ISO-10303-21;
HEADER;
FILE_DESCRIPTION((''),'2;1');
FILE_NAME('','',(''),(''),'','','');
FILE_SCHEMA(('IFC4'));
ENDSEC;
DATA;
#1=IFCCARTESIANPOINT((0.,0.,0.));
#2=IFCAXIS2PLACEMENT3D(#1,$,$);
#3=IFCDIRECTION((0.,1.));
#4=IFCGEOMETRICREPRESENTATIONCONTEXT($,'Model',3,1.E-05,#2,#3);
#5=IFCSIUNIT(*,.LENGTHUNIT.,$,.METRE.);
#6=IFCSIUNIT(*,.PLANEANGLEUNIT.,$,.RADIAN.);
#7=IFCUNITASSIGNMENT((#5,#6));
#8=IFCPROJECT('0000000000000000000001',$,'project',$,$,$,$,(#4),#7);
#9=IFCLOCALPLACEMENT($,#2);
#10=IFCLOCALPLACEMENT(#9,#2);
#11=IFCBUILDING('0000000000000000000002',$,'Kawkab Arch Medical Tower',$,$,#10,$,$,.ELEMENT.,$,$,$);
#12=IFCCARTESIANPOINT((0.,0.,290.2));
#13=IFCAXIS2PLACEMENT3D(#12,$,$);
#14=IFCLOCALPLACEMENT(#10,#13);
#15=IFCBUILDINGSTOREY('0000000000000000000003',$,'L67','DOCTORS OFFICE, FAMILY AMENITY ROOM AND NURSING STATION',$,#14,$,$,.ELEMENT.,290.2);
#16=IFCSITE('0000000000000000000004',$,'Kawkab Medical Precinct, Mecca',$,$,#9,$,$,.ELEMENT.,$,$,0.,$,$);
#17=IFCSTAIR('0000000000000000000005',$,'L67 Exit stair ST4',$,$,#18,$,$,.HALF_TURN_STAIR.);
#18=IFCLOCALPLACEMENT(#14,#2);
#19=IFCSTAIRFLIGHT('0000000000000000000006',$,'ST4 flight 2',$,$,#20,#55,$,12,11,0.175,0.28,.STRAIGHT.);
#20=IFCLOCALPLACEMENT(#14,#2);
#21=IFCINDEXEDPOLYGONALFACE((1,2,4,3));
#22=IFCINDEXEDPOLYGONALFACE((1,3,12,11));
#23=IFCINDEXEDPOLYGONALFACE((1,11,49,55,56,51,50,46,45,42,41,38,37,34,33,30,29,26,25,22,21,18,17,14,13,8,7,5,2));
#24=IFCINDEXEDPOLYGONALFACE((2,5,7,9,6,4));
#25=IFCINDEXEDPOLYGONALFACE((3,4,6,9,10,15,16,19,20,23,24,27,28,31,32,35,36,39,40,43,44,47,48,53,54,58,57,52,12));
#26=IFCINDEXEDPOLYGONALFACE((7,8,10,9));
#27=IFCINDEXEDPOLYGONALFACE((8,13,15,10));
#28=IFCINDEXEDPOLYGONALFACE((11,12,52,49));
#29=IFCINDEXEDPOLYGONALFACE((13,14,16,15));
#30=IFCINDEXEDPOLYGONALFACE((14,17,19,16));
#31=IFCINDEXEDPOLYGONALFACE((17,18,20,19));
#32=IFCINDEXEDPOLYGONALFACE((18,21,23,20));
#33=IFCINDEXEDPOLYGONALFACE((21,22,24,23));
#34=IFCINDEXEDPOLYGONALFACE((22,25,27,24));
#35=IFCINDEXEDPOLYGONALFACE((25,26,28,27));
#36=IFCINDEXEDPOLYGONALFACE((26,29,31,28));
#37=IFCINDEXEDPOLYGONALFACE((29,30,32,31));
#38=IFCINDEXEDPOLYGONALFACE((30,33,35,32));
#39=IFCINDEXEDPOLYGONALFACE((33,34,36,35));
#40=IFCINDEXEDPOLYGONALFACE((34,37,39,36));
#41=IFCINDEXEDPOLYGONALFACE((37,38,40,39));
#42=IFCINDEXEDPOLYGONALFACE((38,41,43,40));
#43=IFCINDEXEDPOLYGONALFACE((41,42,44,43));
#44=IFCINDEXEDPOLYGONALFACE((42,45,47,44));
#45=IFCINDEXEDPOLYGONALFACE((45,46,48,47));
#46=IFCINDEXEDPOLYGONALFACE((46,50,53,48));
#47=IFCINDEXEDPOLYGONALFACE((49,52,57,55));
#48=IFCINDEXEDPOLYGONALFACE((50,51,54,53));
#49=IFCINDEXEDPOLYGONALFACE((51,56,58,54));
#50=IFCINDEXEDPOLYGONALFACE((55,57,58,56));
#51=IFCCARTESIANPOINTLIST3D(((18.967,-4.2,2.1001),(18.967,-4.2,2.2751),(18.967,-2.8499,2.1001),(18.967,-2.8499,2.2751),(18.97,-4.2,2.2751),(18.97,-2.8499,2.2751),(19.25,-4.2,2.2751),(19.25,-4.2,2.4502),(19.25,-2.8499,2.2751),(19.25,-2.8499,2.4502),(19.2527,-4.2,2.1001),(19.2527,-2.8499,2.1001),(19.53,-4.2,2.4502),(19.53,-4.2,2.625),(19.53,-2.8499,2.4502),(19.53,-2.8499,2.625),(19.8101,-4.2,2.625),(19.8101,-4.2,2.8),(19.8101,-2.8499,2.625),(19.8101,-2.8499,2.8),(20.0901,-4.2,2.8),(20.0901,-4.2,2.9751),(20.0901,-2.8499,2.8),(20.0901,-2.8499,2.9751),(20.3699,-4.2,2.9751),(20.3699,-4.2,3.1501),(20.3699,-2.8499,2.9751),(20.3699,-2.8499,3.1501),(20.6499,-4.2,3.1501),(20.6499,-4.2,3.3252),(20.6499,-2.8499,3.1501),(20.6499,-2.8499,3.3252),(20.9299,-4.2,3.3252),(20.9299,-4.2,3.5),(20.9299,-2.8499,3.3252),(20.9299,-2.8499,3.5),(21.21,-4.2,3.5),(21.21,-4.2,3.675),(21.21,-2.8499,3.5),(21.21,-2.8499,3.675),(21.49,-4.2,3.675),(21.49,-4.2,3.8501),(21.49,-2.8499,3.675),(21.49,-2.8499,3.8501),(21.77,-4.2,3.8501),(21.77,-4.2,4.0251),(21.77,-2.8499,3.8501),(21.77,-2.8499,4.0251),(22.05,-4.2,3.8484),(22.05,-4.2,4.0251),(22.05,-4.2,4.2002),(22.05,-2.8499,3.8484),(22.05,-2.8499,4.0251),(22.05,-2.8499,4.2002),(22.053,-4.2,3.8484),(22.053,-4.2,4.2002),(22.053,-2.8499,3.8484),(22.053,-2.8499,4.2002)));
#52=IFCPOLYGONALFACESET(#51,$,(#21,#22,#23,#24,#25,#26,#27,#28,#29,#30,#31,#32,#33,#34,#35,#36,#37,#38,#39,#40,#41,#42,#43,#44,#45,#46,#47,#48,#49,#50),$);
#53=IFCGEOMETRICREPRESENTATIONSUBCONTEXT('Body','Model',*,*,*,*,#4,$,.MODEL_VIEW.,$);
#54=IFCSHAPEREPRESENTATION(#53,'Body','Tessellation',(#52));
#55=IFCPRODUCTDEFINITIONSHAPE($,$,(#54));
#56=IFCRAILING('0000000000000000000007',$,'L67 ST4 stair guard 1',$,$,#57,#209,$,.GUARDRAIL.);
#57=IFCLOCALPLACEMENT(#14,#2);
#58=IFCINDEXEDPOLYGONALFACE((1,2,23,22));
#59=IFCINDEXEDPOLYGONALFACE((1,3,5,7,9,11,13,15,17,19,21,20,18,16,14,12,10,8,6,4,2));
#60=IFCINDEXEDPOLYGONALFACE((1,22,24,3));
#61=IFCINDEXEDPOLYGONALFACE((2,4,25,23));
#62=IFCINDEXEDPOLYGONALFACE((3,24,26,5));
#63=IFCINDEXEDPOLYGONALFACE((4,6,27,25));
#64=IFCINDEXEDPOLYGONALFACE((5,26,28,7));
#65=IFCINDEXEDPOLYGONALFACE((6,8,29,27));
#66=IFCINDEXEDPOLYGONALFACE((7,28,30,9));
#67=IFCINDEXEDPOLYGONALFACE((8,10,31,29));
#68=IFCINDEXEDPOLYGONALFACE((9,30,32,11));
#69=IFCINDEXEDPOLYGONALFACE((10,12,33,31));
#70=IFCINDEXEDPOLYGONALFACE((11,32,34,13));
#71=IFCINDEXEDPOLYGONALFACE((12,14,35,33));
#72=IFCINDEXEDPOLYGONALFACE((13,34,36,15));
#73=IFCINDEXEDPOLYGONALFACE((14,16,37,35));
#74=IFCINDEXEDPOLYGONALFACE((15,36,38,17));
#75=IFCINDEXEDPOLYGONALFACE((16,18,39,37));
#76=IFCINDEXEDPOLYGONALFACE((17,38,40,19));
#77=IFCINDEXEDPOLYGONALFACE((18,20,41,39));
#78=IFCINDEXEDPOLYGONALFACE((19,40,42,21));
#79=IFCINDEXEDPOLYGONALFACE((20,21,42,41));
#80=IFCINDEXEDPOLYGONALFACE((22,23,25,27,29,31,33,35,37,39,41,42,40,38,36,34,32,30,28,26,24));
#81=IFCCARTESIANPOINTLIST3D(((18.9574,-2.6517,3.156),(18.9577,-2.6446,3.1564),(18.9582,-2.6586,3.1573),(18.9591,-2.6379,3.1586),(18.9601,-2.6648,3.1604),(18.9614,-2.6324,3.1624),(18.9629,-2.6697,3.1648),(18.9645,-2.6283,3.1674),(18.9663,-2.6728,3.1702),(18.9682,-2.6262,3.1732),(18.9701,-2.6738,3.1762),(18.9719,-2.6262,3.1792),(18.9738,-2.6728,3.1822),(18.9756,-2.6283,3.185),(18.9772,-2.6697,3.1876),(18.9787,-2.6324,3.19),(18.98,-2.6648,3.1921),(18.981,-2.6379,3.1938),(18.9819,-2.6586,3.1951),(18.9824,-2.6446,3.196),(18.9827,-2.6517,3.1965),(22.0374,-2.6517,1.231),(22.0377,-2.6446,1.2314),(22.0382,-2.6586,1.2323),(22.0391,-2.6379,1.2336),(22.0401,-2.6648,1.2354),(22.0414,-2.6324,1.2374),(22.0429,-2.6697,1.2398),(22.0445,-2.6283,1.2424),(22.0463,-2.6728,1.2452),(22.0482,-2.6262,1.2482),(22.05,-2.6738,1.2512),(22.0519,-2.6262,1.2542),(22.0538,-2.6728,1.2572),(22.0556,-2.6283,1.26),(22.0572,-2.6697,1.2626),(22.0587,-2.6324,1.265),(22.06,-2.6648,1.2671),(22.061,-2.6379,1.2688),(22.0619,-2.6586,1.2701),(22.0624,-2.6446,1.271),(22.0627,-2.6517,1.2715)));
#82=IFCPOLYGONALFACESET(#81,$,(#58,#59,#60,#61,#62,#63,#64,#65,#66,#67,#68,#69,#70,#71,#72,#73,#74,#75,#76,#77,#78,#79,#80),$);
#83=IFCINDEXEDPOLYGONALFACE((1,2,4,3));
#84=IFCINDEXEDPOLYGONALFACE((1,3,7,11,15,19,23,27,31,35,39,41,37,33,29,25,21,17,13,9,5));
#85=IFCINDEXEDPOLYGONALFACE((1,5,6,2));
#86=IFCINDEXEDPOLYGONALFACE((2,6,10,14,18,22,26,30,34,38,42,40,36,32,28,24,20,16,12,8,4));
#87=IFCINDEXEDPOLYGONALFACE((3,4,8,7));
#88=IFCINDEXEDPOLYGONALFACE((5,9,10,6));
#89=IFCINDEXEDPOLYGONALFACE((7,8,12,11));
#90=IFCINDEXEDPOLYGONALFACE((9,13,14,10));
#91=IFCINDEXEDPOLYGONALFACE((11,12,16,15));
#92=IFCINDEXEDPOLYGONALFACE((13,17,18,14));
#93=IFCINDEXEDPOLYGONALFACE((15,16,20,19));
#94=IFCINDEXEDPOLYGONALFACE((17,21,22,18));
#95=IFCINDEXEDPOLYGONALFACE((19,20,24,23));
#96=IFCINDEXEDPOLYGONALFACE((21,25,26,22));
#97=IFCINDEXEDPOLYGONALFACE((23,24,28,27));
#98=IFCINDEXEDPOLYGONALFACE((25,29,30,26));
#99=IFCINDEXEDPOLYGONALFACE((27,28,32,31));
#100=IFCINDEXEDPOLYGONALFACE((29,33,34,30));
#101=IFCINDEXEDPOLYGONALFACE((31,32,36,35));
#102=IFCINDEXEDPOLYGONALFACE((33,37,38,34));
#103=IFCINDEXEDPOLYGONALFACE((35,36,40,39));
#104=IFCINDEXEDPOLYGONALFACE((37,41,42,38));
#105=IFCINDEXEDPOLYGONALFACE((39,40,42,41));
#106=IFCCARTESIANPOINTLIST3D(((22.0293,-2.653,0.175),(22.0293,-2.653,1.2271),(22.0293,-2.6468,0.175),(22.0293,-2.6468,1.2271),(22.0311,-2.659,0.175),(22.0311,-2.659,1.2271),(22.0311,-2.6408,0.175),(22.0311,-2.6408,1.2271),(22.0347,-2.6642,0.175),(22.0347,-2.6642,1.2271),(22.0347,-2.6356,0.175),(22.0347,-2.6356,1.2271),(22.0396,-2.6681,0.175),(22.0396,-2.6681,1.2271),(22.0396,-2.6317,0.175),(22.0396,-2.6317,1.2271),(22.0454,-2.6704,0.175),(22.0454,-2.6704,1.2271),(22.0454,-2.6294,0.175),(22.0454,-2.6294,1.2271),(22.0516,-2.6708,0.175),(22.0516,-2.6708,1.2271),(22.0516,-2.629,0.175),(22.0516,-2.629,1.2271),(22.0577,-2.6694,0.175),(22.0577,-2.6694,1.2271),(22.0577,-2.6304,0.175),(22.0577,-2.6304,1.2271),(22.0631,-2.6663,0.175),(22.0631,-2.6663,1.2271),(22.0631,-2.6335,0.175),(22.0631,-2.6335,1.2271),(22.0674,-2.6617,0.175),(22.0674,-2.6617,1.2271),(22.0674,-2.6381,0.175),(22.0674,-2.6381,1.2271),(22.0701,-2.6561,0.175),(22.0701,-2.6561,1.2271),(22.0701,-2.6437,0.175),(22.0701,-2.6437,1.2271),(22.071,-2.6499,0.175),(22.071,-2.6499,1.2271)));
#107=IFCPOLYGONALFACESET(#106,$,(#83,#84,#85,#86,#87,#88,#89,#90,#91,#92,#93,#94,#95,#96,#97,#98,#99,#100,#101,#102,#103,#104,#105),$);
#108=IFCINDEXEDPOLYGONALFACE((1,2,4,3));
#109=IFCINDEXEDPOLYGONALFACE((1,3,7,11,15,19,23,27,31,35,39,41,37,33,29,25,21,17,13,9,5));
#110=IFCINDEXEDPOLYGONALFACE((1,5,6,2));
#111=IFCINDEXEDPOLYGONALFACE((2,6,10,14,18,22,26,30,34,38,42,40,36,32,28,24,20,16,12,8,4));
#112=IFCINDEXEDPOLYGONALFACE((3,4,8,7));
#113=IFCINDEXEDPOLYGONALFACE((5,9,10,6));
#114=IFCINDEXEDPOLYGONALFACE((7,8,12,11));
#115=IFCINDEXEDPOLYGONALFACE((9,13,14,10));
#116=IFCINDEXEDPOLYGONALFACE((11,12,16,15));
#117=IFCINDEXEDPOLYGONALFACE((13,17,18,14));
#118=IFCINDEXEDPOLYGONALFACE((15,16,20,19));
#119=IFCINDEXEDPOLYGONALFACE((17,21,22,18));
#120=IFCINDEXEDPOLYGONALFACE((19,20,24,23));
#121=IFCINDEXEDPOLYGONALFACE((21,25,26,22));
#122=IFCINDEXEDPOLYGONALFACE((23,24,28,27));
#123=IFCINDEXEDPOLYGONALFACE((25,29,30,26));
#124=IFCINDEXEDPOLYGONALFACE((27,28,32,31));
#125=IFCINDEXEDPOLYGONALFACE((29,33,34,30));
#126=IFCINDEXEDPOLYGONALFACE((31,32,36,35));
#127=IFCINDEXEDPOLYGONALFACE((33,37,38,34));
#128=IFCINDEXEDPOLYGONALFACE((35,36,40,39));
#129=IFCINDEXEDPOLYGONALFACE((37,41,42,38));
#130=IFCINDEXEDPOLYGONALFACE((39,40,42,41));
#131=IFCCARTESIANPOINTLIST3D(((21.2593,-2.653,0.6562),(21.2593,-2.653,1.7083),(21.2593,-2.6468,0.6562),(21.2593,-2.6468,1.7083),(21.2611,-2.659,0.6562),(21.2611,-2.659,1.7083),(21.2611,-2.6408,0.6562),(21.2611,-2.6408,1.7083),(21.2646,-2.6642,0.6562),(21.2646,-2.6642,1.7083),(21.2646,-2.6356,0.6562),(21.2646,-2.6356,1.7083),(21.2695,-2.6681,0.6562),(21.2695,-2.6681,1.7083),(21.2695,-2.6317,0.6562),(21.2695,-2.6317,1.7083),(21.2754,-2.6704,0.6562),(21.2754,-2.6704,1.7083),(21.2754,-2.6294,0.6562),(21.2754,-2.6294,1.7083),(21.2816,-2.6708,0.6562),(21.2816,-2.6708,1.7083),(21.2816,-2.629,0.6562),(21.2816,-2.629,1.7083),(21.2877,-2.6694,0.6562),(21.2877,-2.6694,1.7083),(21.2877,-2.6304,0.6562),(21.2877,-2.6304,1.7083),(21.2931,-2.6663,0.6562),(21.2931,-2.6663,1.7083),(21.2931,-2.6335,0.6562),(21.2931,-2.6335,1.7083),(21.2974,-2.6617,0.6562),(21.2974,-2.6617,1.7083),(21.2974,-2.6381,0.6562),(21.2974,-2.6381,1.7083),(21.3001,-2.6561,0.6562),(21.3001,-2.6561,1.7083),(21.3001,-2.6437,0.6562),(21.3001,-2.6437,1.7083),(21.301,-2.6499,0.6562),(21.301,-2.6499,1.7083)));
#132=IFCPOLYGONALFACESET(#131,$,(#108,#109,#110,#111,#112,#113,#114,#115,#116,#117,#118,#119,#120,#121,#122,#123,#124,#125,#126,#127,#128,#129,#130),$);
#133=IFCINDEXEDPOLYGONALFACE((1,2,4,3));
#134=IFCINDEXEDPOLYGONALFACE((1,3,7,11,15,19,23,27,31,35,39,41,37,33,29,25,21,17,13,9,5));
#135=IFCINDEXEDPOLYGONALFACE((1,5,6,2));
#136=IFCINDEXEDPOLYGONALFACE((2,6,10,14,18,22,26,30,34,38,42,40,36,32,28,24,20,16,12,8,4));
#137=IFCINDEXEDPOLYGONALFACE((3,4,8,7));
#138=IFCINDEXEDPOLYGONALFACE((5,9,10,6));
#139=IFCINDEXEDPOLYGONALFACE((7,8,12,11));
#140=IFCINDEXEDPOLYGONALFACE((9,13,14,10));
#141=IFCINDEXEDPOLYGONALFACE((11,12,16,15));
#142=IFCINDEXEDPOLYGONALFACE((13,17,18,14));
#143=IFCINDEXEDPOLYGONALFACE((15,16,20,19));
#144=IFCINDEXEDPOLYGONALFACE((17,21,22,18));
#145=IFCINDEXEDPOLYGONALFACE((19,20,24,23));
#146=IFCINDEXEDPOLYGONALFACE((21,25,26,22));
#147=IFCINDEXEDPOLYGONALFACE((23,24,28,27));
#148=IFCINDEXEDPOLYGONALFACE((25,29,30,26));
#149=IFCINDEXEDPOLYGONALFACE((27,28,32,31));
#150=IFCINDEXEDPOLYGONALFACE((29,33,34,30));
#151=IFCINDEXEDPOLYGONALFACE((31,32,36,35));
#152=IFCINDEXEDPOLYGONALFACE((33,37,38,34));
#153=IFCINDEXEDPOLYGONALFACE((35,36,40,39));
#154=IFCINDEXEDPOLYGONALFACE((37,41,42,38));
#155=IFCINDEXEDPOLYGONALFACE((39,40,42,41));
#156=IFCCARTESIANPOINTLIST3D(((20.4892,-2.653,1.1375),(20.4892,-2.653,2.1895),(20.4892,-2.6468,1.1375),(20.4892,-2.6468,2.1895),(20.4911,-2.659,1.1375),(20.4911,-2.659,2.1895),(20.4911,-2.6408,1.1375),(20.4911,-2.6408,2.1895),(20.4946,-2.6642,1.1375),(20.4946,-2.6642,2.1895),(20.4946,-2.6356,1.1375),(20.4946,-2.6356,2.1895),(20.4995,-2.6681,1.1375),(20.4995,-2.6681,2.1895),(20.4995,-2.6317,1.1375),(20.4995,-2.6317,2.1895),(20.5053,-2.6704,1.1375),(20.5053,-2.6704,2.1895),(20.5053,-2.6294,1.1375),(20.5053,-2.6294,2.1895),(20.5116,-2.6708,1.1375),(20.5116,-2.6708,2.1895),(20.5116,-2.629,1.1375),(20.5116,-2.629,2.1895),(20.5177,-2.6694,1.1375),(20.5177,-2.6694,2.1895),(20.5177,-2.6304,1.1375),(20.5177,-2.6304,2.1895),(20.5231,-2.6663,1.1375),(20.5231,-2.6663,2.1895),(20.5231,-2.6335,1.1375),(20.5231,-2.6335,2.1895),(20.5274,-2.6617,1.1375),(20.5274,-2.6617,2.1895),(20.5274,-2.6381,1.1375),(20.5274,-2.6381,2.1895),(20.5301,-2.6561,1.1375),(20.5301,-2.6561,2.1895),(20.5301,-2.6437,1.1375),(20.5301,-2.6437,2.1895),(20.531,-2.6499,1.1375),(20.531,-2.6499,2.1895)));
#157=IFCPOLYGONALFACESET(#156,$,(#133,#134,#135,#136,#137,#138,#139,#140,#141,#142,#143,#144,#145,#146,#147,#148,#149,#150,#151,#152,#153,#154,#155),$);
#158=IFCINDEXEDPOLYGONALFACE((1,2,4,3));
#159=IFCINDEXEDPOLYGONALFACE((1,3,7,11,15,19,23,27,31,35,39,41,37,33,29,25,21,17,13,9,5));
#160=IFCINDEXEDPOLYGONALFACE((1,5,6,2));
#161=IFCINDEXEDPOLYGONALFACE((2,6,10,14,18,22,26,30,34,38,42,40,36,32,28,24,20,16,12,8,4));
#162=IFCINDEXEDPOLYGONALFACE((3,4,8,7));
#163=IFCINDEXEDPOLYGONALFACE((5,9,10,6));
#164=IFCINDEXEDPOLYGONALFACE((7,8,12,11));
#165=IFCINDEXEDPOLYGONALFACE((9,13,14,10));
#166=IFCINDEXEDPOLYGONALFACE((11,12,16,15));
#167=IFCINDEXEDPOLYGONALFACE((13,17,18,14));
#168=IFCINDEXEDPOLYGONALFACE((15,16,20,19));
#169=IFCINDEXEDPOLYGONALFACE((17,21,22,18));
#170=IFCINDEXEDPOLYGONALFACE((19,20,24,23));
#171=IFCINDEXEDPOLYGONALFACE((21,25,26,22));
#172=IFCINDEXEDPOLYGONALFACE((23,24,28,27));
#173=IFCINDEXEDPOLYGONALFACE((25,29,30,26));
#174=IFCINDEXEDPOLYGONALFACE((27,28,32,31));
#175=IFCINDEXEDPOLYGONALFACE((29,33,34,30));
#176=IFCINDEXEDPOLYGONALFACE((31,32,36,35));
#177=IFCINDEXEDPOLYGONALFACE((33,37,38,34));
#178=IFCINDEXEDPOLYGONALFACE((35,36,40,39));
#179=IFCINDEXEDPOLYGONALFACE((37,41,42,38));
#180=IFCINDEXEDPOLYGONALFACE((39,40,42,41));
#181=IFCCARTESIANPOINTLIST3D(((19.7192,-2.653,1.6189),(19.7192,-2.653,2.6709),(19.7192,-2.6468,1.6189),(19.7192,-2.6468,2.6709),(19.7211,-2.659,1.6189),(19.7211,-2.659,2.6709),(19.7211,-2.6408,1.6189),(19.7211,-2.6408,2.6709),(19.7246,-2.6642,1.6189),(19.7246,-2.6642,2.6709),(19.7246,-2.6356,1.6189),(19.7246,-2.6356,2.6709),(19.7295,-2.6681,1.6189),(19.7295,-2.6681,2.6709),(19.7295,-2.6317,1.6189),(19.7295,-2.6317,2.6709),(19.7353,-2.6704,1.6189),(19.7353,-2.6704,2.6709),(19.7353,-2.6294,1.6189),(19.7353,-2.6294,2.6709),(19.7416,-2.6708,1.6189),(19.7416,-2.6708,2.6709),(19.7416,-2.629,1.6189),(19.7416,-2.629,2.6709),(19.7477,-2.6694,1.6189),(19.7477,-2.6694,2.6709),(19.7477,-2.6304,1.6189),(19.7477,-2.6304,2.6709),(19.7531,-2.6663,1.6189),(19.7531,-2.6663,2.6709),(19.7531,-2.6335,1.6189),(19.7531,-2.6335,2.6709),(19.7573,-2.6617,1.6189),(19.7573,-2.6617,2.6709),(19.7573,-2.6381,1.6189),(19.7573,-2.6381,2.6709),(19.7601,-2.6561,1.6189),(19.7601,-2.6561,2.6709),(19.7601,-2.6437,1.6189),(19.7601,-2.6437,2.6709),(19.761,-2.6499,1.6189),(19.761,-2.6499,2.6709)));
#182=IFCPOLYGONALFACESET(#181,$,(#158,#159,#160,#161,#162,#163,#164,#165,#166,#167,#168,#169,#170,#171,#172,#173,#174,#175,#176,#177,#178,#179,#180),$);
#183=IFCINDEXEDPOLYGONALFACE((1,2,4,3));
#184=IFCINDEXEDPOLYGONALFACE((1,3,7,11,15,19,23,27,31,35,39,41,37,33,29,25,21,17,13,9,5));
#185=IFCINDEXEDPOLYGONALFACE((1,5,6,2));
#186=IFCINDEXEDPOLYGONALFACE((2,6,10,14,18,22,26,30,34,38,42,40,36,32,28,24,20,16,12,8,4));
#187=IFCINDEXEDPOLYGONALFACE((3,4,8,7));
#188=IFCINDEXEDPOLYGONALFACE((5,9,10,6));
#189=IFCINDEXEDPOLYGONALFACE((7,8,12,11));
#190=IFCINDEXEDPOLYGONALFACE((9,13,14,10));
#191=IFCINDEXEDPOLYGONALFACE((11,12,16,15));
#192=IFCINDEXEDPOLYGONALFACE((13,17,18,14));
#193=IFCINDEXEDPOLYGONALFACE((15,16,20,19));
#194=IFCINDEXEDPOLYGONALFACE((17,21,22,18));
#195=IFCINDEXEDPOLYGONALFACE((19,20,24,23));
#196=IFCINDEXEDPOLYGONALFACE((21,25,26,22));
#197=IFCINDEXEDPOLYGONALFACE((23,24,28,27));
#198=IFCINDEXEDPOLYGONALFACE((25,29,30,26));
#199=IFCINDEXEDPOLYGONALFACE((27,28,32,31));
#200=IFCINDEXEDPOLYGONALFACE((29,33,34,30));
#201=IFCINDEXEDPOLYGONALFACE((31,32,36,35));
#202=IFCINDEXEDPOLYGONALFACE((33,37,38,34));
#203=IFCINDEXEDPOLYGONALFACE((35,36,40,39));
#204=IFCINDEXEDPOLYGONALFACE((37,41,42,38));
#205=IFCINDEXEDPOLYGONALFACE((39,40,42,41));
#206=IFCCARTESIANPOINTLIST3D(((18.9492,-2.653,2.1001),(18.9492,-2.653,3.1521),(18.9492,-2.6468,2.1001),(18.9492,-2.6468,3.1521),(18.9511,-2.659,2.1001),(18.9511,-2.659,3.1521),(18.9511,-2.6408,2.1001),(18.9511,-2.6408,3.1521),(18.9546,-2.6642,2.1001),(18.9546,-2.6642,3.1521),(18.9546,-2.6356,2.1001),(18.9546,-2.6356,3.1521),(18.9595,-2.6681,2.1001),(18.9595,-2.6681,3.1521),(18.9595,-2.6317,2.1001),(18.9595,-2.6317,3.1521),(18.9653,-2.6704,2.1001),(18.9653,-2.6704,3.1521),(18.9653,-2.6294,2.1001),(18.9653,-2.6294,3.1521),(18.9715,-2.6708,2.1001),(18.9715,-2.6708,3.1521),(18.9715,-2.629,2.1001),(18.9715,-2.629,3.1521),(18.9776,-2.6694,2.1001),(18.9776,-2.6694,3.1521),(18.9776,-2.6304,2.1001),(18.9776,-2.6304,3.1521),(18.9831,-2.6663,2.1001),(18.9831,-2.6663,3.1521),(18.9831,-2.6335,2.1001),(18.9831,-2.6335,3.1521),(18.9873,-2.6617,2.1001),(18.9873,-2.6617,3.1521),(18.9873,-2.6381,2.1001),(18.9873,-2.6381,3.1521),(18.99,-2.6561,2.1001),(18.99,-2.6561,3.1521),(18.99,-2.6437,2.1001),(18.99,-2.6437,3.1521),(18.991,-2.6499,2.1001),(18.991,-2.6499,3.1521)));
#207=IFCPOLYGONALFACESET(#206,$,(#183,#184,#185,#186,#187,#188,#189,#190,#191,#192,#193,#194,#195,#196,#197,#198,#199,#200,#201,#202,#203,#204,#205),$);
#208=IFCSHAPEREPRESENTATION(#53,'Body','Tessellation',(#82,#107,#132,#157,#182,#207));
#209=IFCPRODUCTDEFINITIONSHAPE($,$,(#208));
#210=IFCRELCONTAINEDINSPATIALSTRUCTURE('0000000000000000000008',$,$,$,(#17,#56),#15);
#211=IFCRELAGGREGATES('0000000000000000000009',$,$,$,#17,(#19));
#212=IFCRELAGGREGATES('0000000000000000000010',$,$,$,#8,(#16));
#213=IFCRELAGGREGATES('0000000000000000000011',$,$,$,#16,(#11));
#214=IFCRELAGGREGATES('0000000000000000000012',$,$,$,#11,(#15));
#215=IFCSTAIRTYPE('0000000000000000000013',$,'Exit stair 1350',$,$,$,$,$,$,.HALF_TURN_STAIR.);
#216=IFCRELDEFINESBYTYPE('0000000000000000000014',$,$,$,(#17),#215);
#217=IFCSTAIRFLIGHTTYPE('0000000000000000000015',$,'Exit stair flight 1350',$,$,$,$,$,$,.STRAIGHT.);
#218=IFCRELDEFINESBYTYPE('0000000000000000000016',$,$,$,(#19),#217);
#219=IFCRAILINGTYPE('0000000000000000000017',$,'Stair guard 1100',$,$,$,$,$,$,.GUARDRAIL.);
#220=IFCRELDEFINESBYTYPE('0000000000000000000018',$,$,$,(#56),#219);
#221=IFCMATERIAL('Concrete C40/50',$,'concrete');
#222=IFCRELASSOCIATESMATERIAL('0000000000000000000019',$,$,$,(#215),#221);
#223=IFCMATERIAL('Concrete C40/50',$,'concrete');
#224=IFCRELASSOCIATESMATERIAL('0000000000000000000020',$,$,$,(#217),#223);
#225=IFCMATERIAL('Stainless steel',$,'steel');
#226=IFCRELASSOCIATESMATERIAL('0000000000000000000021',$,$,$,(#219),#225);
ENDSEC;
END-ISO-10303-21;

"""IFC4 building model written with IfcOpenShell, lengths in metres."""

from ifc_helpers import new_model, si_unit, direction, frame, origin, origin_2d, place, context, subcontext, project, spatial, polyline, circle, outline, extrude, material, type_object, element, aggregate, save


model = new_model("IFC4")

# Units and contexts
model_context = context("Model", 3, precision=1e-05, world=origin(), true_north=direction((0.0, 1.0)))
body_context = subcontext(model_context, "Body", "Model", "MODEL_VIEW")
ifc_project = project(units=[si_unit("LENGTHUNIT", "METRE"), si_unit("PLANEANGLEUNIT", "RADIAN")], contexts=[model_context])

# Site, building, storey
site_placement = place(None, origin())
site = spatial("IfcSite", under=ifc_project, at=site_placement, Name="Kawkab Medical Precinct, Mecca", CompositionType="ELEMENT", RefElevation=0.0)
building_placement = place(site_placement, origin())
building = spatial("IfcBuilding", under=site, at=building_placement, Name="Kawkab Arch Medical Tower", CompositionType="ELEMENT")
storey_placement = place(building_placement, frame((0.0, 0.0, 290.2)))
storey = spatial("IfcBuildingStorey", under=building, at=storey_placement, Name="L67", Description="DOCTORS OFFICE, FAMILY AMENITY ROOM AND NURSING STATION", CompositionType="ELEMENT", Elevation=290.2)

# Shared definitions
placement = place(storey_placement, origin())

# Stair, stair flight
ifc_material_1 = material(Name="Concrete C40/50", Category="concrete")
stair_type = type_object("IfcStairType", Name="Exit stair 1350", PredefinedType="HALF_TURN_STAIR", material=ifc_material_1)
stair = element("IfcStair", 1, at=placement, inside=storey, type_object=stair_type, Name="L67 Exit stair ST4", PredefinedType="HALF_TURN_STAIR")
ifc_material_2 = material(Name="Concrete C40/50", Category="concrete")
stair_flight_type = type_object("IfcStairFlightType", Name="Exit stair flight 1350", PredefinedType="STRAIGHT", material=ifc_material_2)
stair_flight_1_placement = place(storey_placement, frame((18.97, -3.5249, 2.1001), z_axis=(0.0, 0.0, 1.0), x_axis=(1.0, 0.0, 0.0)))
stair_flight_1 = element("IfcStairFlight", 2, at=stair_flight_1_placement, type_object=stair_flight_type, Name="ST4 flight 2", NumberOfRisers=12, NumberOfTreads=11, PredefinedType="STRAIGHT", RiserHeight=0.175, TreadLength=0.28, context=body_context, shape_type="SweptSolid", body=[
    extrude(outline(polyline([(-0.0029, 0.0), (-0.0029, 0.175), (0.0, 0.175), (0.28, 0.175), (0.28, 0.3501), (0.5601, 0.3501), (0.5601, 0.5249), (0.8401, 0.5249), (0.8401, 0.7), (1.1201, 0.7), (1.1201, 0.875), (1.3999, 0.875), (1.3999, 1.05), (1.6799, 1.05), (1.6799, 1.2251), (1.96, 1.2251), (1.96, 1.3999), (2.24, 1.3999), (2.24, 1.575), (2.52, 1.575), (2.52, 1.75), (2.8, 1.75), (2.8, 1.925), (3.0801, 1.925), (3.0801, 2.1001), (3.083, 2.1001), (3.083, 1.7483), (3.0801, 1.7483), (0.2827, 0.0), (-0.0029, 0.0)])), frame((0.0, 0.675, 0.0), z_axis=(0.0, -1.0, 0.0), x_axis=(1.0, 0.0, 0.0)), (0.0, 0.0, 1.0), 1.3501),
])
aggregate(stair, [stair_flight_1])

# Railing
ifc_material_3 = material(Name="Stainless steel", Category="steel")
railing_type = type_object("IfcRailingType", Name="Stair guard 1100", PredefinedType="GUARDRAIL", material=ifc_material_3)
railing_1_placement = place(storey_placement, frame((22.05, -2.6499, 0.175)))
element("IfcRailing", 3, at=railing_1_placement, inside=storey, type_object=railing_type, Name="L67 ST4 stair guard 1", PredefinedType="GUARDRAIL", context=body_context, shape_type="SweptSolid", body=[
    extrude(circle(Radius=0.0239, at=origin_2d()), frame((0.0, 0.0, 1.0762), z_axis=(-0.847998, 0.0, 0.529999), x_axis=(0.0, -1.0, 0.0)), (0.0, 0.0, 1.0), 3.6321),
    extrude(circle(Radius=0.021, at=origin_2d()), origin(), (0.0, 0.0, 1.0), 1.052),
    extrude(circle(Radius=0.021, at=origin_2d()), frame((-0.77, 0.0, 0.4812)), (0.0, 0.0, 1.0), 1.052),
    extrude(circle(Radius=0.021, at=origin_2d()), frame((-1.54, 0.0, 0.9624)), (0.0, 0.0, 1.0), 1.052),
    extrude(circle(Radius=0.021, at=origin_2d()), frame((-2.3101, 0.0, 1.4438)), (0.0, 0.0, 1.0), 1.052),
    extrude(circle(Radius=0.021, at=origin_2d()), frame((-3.0801, 0.0, 1.925)), (0.0, 0.0, 1.0), 1.052),
])

save(model, "model.ifc")
